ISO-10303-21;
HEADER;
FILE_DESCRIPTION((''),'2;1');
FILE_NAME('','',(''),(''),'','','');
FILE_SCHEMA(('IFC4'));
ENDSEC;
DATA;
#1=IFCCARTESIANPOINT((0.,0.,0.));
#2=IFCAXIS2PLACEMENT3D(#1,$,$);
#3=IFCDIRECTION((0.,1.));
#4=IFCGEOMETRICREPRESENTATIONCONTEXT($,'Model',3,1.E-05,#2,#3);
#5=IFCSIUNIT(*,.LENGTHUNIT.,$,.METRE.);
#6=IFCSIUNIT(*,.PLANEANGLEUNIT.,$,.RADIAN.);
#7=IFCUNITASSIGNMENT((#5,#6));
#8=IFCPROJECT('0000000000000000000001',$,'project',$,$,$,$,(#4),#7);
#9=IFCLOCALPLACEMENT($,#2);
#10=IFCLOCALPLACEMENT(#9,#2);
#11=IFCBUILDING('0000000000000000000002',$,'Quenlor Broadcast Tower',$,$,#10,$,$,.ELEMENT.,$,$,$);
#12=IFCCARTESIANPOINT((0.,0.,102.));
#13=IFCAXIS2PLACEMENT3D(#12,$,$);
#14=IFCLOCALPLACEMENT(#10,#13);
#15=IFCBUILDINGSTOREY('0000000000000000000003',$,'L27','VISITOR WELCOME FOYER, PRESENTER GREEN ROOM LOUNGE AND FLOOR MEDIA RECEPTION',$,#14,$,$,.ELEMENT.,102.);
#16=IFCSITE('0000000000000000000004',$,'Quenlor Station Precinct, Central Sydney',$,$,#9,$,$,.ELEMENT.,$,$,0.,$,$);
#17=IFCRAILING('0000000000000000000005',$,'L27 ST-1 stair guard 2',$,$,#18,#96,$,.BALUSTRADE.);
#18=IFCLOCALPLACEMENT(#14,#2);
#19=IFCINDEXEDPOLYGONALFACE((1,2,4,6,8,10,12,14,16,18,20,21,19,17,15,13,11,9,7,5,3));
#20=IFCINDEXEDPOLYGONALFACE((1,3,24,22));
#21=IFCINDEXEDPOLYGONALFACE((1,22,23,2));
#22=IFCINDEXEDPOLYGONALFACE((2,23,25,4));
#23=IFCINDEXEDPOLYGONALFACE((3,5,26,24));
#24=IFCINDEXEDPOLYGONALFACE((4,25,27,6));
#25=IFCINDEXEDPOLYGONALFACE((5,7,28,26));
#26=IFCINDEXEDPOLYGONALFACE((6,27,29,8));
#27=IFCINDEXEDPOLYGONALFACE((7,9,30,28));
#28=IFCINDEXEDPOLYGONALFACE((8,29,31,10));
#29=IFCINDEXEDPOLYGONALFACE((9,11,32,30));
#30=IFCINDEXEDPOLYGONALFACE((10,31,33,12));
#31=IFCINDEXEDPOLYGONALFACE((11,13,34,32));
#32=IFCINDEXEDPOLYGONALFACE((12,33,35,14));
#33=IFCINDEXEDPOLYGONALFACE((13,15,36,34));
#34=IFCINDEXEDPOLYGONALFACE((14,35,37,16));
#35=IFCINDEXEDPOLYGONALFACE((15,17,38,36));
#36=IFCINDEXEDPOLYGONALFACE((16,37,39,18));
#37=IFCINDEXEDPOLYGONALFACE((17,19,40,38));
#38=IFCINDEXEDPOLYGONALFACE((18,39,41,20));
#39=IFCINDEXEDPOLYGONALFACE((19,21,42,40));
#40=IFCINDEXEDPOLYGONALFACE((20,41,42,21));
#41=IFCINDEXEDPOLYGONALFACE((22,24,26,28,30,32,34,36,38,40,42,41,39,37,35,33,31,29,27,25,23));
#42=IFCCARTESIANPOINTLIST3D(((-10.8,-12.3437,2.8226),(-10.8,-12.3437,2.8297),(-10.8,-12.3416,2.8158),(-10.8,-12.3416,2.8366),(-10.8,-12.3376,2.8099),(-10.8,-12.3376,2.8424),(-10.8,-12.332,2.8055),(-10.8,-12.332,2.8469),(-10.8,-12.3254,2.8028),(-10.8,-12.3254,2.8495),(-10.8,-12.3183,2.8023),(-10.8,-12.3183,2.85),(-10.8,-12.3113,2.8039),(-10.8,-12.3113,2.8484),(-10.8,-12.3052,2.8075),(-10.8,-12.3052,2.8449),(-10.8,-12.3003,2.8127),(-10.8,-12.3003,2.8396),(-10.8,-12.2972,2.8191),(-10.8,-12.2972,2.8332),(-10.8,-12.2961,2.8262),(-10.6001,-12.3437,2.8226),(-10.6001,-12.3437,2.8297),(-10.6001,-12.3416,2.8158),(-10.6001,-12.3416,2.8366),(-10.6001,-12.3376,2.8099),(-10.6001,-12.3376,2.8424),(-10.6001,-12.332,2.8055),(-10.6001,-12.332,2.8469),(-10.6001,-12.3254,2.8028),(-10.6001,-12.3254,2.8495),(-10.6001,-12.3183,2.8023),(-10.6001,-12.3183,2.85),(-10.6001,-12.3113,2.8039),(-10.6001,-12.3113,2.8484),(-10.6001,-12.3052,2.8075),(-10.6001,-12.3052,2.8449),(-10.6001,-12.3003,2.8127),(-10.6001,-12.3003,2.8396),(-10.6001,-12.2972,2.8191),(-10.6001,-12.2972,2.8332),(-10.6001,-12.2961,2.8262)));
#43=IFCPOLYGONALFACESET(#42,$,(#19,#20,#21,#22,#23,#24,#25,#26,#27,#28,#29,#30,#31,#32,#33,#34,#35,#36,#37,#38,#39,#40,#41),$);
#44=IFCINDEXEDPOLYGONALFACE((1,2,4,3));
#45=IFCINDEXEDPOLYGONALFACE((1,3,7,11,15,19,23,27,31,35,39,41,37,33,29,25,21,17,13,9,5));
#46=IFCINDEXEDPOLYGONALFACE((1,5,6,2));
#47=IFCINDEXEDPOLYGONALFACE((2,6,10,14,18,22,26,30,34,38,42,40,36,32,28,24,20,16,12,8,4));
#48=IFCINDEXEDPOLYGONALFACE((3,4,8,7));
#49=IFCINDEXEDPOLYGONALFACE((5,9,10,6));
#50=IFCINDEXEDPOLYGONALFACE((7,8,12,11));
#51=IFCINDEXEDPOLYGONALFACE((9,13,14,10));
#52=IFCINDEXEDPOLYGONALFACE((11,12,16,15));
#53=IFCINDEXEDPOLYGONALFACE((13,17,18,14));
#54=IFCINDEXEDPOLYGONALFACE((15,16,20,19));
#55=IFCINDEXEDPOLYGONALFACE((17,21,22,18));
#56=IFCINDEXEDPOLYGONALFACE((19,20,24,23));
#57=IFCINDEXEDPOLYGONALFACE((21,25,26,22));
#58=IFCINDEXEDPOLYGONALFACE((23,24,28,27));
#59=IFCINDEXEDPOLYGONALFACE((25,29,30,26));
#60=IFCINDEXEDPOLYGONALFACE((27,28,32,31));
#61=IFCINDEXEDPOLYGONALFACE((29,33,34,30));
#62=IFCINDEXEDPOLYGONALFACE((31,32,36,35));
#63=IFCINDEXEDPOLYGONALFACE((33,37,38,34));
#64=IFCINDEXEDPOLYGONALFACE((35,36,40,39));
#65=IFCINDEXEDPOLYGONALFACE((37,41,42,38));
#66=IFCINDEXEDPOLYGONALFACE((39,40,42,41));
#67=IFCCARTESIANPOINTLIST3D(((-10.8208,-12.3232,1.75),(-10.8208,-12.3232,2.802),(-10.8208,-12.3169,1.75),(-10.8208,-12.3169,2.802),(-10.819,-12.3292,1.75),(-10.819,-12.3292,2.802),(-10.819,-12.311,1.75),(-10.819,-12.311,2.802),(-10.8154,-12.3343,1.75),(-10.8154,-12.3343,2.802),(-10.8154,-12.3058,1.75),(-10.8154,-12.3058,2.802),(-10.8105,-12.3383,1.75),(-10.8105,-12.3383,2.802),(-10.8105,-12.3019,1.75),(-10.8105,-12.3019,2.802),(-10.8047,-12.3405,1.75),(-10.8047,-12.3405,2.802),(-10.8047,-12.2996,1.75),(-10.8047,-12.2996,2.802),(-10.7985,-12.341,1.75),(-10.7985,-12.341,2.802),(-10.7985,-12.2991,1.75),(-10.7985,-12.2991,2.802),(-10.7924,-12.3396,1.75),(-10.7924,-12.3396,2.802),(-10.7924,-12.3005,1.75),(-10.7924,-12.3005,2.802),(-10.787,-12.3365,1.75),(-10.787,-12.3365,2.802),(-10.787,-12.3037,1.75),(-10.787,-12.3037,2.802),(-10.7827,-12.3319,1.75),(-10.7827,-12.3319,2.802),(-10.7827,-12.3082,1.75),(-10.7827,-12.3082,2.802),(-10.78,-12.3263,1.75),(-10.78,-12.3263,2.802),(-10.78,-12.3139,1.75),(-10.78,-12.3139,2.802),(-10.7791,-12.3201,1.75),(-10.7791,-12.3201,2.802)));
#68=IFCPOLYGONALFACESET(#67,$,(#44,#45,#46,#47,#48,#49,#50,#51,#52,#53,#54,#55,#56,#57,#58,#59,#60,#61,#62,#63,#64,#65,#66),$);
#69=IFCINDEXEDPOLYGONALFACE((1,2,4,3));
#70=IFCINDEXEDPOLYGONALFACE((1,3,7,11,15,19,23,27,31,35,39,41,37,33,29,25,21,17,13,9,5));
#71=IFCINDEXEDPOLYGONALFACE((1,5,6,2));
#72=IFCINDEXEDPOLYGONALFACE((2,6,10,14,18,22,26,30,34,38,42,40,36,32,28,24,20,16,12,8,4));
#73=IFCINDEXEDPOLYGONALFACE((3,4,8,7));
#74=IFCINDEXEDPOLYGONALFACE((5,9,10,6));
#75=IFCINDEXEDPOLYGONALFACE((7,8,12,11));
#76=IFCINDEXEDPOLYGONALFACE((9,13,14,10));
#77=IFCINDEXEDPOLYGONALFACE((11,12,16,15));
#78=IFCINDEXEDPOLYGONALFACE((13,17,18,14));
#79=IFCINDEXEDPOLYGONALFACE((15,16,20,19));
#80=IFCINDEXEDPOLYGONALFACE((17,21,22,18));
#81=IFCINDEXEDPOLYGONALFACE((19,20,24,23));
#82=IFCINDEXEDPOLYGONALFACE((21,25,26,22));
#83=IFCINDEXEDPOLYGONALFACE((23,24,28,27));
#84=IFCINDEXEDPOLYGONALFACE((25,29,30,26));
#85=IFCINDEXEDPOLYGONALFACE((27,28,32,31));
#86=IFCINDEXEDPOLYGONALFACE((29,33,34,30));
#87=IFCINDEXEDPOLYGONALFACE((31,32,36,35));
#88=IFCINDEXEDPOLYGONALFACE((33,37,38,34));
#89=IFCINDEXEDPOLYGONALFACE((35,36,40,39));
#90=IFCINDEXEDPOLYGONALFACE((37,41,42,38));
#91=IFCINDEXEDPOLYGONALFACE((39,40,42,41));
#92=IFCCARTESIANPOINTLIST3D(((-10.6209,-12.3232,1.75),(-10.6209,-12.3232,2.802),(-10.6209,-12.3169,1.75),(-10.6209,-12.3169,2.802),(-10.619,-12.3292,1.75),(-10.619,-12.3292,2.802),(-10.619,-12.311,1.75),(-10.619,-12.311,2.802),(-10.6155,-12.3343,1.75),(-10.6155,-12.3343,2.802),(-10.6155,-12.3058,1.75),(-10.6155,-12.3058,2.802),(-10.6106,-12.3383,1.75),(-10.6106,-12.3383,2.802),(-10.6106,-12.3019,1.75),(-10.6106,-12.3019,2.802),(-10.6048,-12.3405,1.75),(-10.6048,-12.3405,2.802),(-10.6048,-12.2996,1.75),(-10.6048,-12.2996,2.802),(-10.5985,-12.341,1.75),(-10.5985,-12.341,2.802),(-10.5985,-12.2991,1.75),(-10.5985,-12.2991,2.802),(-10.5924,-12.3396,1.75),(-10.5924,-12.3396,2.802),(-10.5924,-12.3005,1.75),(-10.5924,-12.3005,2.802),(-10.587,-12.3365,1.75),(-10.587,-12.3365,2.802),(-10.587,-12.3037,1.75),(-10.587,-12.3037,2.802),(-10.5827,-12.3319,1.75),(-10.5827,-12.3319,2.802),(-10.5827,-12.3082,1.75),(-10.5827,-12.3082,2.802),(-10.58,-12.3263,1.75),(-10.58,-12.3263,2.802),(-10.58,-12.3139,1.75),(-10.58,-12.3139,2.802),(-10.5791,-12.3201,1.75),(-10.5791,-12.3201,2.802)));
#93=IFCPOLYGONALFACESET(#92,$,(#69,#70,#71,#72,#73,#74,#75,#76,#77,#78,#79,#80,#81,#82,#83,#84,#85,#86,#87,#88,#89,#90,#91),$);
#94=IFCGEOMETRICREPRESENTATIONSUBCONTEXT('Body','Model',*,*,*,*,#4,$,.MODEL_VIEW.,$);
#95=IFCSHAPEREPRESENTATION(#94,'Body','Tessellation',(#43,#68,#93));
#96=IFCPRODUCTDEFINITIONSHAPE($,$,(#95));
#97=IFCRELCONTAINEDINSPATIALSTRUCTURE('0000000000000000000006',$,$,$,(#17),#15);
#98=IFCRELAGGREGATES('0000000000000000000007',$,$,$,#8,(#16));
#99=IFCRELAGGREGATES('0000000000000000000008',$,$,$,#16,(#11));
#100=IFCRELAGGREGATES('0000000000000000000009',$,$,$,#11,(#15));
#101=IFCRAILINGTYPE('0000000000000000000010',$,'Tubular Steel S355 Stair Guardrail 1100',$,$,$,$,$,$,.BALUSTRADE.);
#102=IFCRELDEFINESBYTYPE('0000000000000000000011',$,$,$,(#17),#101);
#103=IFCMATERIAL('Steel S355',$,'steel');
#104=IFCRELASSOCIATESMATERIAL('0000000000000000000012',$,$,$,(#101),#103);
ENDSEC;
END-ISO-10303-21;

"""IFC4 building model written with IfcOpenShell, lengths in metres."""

from ifc_helpers import new_model, si_unit, direction, frame, origin, origin_2d, place, context, subcontext, project, spatial, circle, extrude, material, type_object, element, save


model = new_model("IFC4")

# Units and contexts
model_context = context("Model", 3, precision=1e-05, world=origin(), true_north=direction((0.0, 1.0)))
body_context = subcontext(model_context, "Body", "Model", "MODEL_VIEW")
ifc_project = project(units=[si_unit("LENGTHUNIT", "METRE"), si_unit("PLANEANGLEUNIT", "RADIAN")], contexts=[model_context])

# Site, building, storey
site_placement = place(None, origin())
site = spatial("IfcSite", under=ifc_project, at=site_placement, Name="Quenlor Station Precinct, Central Sydney", CompositionType="ELEMENT", RefElevation=0.0)
building_placement = place(site_placement, origin())
building = spatial("IfcBuilding", under=site, at=building_placement, Name="Quenlor Broadcast Tower", CompositionType="ELEMENT")
storey_placement = place(building_placement, frame((0.0, 0.0, 102.0)))
storey = spatial("IfcBuildingStorey", under=building, at=storey_placement, Name="L27", Description="VISITOR WELCOME FOYER, PRESENTER GREEN ROOM LOUNGE AND FLOOR MEDIA RECEPTION", CompositionType="ELEMENT", Elevation=102.0)

# Railing
ifc_material_1 = material(Name="Steel S355", Category="steel")
railing_type_1 = type_object("IfcRailingType", Name="Tubular Steel S355 Stair Guardrail 1100", PredefinedType="BALUSTRADE", material=ifc_material_1)
railing_1_placement = place(storey_placement, frame((-10.8, -12.3201, 1.75)))
element("IfcRailing", 1, at=railing_1_placement, inside=storey, type_object=railing_type_1, Name="L27 ST-1 stair guard 2", PredefinedType="BALUSTRADE", context=body_context, shape_type="SweptSolid", body=[
    extrude(circle(Radius=0.0239, at=origin_2d()), frame((0.0, 0.0, 1.0762), z_axis=(1.0, 0.0, 0.0), x_axis=(0.0, 1.0, 0.0)), (0.0, 0.0, 1.0), 0.2),
    extrude(circle(Radius=0.021, at=origin_2d()), origin(), (0.0, 0.0, 1.0), 1.052),
    extrude(circle(Radius=0.021, at=origin_2d()), frame((0.2, 0.0, 0.0)), (0.0, 0.0, 1.0), 1.052),
])

save(model, "model.ifc")
